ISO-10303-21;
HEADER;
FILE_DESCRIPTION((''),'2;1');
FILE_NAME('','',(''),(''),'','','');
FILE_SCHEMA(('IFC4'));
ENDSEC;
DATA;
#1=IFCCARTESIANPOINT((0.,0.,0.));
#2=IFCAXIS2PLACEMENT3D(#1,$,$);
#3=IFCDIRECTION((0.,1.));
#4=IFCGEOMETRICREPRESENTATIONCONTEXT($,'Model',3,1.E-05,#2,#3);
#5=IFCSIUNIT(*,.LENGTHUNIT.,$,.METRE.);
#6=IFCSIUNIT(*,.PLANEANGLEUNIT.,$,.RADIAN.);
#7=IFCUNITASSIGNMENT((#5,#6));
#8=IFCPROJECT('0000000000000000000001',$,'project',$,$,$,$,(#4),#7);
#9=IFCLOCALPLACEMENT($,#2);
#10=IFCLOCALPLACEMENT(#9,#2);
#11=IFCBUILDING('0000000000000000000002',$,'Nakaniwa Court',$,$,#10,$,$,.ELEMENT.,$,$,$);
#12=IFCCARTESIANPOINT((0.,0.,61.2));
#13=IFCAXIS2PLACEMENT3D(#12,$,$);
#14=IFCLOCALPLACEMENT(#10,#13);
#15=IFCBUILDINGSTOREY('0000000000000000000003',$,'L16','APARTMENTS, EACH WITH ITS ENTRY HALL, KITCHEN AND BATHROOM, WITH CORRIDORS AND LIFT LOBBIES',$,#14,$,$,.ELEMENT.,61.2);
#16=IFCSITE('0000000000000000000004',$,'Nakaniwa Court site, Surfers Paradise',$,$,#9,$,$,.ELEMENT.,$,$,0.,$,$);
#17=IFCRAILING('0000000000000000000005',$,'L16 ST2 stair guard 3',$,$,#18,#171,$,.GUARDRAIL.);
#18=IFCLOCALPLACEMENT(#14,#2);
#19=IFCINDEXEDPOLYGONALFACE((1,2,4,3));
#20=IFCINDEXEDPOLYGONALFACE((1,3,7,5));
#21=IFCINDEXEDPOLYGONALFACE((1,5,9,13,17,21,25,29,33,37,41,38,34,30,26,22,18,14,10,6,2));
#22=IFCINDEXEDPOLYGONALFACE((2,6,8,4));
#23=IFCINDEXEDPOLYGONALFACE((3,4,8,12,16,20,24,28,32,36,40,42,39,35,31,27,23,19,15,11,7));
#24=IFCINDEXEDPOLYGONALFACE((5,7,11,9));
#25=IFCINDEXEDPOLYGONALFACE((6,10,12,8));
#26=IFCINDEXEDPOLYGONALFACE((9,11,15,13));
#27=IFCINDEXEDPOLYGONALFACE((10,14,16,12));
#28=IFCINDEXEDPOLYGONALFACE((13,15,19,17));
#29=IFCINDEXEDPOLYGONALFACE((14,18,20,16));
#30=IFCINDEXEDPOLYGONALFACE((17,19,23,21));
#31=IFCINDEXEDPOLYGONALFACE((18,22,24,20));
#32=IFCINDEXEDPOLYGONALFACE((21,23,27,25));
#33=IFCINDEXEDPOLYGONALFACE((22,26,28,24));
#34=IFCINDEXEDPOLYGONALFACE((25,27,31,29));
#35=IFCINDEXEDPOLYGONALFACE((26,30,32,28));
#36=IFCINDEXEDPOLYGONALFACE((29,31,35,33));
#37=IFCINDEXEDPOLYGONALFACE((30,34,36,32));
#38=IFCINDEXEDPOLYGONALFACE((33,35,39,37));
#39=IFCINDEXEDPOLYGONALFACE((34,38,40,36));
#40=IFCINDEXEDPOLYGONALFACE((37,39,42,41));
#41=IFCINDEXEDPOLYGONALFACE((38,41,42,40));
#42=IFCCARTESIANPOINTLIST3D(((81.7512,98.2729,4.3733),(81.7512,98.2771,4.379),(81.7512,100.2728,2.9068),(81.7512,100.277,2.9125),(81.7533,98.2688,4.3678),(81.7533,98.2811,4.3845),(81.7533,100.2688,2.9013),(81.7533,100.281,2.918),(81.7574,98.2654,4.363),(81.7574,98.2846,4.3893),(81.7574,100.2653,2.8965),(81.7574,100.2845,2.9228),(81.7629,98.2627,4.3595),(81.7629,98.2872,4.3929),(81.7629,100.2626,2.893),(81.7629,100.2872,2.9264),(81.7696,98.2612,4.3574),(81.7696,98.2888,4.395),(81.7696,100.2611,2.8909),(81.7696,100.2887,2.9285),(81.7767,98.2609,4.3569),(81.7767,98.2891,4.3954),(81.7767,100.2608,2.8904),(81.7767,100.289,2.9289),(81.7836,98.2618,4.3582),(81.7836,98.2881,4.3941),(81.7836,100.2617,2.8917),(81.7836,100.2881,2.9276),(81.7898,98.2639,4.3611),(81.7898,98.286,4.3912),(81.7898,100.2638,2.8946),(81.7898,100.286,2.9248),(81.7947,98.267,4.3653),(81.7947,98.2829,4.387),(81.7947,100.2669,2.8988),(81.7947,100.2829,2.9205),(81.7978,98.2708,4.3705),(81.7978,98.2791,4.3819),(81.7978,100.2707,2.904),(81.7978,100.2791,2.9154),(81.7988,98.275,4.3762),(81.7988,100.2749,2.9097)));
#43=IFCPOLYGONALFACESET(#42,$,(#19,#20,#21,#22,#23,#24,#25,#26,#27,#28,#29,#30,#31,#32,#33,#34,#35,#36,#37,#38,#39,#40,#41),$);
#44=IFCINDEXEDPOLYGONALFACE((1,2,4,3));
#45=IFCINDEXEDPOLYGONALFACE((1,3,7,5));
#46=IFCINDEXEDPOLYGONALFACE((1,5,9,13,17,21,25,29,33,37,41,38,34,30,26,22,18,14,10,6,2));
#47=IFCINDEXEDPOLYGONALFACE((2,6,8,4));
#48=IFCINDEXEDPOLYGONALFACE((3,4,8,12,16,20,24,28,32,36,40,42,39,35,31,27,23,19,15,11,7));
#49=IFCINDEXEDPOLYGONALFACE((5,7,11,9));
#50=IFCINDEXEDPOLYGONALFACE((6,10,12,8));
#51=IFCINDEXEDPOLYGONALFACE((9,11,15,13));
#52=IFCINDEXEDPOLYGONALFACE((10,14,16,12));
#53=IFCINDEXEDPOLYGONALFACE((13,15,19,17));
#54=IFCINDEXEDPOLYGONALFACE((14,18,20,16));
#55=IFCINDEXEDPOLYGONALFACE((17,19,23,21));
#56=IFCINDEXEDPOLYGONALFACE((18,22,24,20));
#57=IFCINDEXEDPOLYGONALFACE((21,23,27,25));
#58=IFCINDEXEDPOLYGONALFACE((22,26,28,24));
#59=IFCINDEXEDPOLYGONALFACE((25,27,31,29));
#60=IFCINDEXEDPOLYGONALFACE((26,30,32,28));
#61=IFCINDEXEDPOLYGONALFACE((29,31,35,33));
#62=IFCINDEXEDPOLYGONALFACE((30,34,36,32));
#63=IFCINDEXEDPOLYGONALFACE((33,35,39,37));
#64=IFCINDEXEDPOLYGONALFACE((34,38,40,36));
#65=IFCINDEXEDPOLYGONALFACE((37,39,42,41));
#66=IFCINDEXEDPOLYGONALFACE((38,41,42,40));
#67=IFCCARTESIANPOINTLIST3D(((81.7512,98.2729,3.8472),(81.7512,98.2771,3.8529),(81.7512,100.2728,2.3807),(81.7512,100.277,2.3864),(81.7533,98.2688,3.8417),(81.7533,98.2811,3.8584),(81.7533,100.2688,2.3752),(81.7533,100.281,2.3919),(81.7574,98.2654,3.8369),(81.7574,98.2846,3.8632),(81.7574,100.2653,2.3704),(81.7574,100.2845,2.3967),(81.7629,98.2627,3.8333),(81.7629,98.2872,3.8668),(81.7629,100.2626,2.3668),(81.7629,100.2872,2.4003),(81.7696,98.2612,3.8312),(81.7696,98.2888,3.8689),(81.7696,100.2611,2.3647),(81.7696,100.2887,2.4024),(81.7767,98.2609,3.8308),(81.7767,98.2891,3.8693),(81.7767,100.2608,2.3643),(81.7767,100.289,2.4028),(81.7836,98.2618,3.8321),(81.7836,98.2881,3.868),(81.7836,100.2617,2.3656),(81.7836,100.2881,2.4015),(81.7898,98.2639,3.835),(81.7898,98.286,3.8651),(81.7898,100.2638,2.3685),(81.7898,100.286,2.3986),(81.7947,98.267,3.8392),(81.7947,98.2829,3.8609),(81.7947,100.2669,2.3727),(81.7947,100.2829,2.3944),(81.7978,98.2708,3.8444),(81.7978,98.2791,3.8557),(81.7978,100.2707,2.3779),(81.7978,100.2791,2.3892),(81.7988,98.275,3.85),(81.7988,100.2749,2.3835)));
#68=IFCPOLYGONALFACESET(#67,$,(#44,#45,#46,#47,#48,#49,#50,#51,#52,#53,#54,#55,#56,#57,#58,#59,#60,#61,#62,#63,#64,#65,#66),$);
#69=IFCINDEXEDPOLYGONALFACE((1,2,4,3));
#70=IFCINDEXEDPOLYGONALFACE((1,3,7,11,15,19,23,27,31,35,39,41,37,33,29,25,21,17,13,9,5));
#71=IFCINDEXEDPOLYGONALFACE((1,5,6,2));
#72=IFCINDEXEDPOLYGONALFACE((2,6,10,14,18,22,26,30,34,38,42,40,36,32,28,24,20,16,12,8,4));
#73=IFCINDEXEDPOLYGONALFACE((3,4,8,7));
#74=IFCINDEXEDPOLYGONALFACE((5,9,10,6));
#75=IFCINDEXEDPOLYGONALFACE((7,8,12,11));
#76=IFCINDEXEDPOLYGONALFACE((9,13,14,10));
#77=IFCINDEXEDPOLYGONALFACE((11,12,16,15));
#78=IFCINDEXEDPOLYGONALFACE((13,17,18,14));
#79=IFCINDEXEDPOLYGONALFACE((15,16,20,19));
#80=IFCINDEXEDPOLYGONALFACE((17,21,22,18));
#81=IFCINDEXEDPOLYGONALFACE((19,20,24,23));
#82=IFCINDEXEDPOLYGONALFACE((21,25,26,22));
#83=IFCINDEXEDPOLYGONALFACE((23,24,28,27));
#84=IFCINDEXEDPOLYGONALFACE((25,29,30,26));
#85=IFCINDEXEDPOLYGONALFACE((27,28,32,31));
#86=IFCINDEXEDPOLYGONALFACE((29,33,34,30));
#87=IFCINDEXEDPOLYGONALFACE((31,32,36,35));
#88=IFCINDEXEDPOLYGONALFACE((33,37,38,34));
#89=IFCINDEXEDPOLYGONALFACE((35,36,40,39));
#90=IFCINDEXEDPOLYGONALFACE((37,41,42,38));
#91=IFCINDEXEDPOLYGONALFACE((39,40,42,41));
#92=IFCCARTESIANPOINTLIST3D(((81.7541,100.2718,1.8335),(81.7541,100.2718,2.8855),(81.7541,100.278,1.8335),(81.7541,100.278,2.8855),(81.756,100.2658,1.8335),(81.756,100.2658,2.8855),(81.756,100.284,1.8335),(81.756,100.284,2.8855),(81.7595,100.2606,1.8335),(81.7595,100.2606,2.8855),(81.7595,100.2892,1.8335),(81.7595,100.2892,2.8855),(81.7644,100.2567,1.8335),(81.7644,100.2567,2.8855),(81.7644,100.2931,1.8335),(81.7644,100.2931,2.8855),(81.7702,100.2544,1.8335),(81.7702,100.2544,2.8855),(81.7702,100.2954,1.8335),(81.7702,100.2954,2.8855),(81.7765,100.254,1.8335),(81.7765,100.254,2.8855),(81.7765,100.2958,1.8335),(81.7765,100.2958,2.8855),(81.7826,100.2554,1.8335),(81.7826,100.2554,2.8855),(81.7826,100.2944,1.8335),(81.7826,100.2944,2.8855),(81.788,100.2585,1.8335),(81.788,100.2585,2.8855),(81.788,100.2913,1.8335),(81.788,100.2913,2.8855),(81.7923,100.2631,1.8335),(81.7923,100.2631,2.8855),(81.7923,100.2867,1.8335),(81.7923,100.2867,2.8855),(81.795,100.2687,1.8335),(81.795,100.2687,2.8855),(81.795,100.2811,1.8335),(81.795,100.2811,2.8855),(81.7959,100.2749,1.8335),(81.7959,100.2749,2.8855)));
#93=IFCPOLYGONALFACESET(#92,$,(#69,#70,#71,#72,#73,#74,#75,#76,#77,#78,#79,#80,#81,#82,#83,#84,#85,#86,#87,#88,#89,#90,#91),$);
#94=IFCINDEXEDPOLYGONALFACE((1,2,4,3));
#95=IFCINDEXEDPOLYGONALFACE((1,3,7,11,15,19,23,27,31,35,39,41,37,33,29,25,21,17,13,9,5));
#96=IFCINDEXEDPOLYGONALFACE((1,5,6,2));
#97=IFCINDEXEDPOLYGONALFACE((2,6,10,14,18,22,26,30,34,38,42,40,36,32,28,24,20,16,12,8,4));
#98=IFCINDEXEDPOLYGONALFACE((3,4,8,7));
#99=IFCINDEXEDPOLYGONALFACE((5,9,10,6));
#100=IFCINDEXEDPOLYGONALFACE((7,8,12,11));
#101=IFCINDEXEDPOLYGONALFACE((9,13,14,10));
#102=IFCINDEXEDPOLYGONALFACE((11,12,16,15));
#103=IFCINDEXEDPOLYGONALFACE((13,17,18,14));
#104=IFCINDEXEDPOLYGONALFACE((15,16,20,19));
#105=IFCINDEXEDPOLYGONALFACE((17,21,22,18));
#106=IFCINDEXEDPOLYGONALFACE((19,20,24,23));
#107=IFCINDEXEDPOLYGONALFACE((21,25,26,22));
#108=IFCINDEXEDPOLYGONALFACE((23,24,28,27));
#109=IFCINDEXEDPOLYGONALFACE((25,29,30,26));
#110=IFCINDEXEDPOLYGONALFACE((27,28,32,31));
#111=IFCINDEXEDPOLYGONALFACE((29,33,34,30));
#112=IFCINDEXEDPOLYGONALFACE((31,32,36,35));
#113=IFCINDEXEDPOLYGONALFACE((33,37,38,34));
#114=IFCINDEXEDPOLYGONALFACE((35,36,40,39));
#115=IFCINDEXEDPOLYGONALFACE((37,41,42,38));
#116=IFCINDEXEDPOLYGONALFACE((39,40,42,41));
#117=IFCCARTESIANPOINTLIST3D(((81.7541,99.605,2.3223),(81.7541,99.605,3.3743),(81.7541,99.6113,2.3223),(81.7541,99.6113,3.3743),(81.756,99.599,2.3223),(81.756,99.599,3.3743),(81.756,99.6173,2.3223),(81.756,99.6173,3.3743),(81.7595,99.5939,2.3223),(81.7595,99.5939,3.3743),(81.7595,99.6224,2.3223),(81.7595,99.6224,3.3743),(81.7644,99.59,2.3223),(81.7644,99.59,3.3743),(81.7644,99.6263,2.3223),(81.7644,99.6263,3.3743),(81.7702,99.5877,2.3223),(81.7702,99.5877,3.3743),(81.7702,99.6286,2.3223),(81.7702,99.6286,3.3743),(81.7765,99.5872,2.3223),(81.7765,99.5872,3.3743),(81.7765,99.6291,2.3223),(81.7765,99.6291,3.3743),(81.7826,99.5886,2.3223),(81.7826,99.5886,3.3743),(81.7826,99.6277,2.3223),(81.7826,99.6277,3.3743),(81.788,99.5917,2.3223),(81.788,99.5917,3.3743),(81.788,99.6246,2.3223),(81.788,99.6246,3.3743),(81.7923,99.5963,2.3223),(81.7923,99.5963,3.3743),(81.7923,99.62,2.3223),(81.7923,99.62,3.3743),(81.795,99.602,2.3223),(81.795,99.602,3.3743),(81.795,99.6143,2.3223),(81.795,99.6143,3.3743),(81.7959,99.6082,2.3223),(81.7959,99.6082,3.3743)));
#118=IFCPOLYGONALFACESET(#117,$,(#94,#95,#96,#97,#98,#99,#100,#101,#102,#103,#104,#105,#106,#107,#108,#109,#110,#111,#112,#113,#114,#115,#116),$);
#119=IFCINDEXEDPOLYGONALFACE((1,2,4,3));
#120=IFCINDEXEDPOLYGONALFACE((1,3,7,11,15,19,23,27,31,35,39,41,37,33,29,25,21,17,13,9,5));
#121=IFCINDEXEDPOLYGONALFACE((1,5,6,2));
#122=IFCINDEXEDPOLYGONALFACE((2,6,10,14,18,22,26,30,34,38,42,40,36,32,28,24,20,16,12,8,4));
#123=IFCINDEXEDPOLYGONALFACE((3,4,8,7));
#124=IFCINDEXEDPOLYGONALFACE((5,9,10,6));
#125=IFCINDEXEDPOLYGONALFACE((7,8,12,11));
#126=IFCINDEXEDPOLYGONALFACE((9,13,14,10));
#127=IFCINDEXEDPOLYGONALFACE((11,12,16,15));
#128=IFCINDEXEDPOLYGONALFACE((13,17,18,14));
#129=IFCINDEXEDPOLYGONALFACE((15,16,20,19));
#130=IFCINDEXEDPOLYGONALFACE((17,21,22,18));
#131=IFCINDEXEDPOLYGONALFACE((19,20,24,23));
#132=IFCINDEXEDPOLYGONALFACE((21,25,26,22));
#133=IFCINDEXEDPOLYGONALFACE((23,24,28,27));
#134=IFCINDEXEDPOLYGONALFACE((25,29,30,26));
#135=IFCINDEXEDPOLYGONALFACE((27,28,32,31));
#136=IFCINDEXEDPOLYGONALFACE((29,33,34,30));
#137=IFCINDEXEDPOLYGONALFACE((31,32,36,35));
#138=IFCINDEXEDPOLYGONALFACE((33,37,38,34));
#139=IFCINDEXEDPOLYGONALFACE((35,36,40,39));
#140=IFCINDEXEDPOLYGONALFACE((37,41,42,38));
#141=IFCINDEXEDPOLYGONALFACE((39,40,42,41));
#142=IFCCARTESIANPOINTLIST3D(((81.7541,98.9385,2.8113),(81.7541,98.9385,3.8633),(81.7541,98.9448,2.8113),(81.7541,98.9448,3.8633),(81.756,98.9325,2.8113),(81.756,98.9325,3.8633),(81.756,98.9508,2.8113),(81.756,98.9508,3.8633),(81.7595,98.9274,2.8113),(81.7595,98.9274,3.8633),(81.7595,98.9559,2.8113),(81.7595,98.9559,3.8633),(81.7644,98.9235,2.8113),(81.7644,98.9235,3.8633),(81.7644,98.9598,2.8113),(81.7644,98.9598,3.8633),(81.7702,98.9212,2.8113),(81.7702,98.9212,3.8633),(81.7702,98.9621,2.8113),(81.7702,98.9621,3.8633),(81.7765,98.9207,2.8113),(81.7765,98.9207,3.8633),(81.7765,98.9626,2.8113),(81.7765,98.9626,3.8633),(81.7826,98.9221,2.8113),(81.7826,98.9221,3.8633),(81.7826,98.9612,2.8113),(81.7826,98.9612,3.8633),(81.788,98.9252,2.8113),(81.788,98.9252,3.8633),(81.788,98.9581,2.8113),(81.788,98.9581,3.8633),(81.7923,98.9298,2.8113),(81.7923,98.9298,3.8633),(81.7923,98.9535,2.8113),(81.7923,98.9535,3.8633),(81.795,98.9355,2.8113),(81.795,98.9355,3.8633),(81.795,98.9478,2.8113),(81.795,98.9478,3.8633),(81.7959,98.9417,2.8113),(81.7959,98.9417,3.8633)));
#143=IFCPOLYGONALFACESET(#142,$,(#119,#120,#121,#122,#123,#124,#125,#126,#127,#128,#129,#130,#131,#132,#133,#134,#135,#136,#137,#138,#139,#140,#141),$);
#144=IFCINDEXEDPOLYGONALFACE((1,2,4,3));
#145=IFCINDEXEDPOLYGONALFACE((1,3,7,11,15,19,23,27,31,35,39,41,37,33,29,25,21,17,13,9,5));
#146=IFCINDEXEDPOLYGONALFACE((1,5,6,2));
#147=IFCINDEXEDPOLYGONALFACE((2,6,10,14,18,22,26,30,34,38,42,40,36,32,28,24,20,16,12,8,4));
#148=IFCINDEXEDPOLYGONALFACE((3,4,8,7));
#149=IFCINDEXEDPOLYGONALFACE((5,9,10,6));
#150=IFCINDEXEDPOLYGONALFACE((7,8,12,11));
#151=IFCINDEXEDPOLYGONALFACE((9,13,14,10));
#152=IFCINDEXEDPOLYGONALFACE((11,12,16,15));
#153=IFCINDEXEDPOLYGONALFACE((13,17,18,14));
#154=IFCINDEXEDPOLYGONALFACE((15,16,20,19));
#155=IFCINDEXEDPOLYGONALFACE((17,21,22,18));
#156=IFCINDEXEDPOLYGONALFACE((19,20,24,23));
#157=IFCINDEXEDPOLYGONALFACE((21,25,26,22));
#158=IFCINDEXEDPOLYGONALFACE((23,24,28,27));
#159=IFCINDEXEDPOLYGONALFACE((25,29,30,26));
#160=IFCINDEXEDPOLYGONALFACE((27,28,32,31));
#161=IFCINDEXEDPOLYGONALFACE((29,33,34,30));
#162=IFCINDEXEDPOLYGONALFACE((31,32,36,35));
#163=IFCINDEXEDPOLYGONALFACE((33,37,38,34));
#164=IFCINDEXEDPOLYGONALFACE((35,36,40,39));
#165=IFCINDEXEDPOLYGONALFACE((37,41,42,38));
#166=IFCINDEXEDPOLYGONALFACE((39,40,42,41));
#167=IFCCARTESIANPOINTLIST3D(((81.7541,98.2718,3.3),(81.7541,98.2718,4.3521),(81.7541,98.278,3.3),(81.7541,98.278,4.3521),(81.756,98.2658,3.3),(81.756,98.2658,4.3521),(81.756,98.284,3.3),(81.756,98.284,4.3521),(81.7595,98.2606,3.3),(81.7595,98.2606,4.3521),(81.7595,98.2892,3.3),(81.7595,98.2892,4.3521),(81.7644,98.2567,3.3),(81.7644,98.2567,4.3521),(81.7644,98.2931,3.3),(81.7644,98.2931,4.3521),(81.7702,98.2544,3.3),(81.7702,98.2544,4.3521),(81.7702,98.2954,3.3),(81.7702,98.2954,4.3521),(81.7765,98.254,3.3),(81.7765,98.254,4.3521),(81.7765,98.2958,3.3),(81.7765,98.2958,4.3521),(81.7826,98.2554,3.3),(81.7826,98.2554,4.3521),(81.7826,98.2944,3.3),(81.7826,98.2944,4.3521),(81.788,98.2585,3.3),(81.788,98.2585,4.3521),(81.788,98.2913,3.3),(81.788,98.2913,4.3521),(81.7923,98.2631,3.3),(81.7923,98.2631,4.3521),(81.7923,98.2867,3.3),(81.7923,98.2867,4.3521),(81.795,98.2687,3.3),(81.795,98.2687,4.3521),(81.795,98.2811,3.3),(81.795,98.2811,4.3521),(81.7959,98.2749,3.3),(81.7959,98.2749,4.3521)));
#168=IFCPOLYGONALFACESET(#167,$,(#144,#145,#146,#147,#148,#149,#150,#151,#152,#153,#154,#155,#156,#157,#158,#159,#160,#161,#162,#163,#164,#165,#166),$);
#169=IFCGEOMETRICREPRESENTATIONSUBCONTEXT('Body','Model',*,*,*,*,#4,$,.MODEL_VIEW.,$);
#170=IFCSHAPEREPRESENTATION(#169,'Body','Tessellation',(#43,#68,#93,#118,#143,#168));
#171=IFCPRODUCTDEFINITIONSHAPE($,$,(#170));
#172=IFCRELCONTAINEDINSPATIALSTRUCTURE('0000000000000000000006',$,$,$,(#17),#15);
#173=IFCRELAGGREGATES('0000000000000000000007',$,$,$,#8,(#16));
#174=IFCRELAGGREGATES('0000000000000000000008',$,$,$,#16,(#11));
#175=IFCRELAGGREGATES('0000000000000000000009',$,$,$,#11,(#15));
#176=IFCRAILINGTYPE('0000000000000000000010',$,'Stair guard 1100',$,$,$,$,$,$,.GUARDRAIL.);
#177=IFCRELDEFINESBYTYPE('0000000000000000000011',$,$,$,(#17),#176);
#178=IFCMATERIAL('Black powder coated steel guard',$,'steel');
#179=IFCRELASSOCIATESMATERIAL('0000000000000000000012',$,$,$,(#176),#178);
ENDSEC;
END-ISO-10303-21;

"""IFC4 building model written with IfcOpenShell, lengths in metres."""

from ifc_helpers import new_model, si_unit, direction, frame, origin, origin_2d, place, context, subcontext, project, spatial, circle, extrude, material, type_object, element, save


model = new_model("IFC4")

# Units and contexts
model_context = context("Model", 3, precision=1e-05, world=origin(), true_north=direction((0.0, 1.0)))
body_context = subcontext(model_context, "Body", "Model", "MODEL_VIEW")
ifc_project = project(units=[si_unit("LENGTHUNIT", "METRE"), si_unit("PLANEANGLEUNIT", "RADIAN")], contexts=[model_context])

# Site, building, storey
site_placement = place(None, origin())
site = spatial("IfcSite", under=ifc_project, at=site_placement, Name="Nakaniwa Court site, Surfers Paradise", CompositionType="ELEMENT", RefElevation=0.0)
building_placement = place(site_placement, origin())
building = spatial("IfcBuilding", under=site, at=building_placement, Name="Nakaniwa Court", CompositionType="ELEMENT")
storey_placement = place(building_placement, frame((0.0, 0.0, 61.2)))
storey = spatial("IfcBuildingStorey", under=building, at=storey_placement, Name="L16", Description="APARTMENTS, EACH WITH ITS ENTRY HALL, KITCHEN AND BATHROOM, WITH CORRIDORS AND LIFT LOBBIES", CompositionType="ELEMENT", Elevation=61.2)

# Railing
ifc_material_1 = material(Name="Black powder coated steel guard", Category="steel")
railing_type_1 = type_object("IfcRailingType", Name="Stair guard 1100", PredefinedType="GUARDRAIL", material=ifc_material_1)
railing_1_placement = place(storey_placement, frame((81.7749, 100.2749, 1.8335)))
element("IfcRailing", 1, at=railing_1_placement, inside=storey, type_object=railing_type_1, Name="L16 ST2 stair guard 3", PredefinedType="GUARDRAIL", context=body_context, shape_type="SweptSolid", body=[
    extrude(circle(Radius=0.0239, at=origin_2d()), frame((0.0, 0.0, 1.0762), z_axis=(0.0, -0.806427, 0.591334), x_axis=(1.0, 0.0, 0.0)), (0.0, 0.0, 1.0), 2.48),
    extrude(circle(Radius=0.0239, at=origin_2d()), frame((0.0, 0.0, 0.55), z_axis=(0.0, -0.806427, 0.591334), x_axis=(1.0, 0.0, 0.0)), (0.0, 0.0, 1.0), 2.48),
    extrude(circle(Radius=0.021, at=origin_2d()), origin(), (0.0, 0.0, 1.0), 1.052),
    extrude(circle(Radius=0.021, at=origin_2d()), frame((0.0, -0.6667, 0.4888)), (0.0, 0.0, 1.0), 1.052),
    extrude(circle(Radius=0.021, at=origin_2d()), frame((0.0, -1.3333, 0.9778)), (0.0, 0.0, 1.0), 1.052),
    extrude(circle(Radius=0.021, at=origin_2d()), frame((0.0, -2.0, 1.4666)), (0.0, 0.0, 1.0), 1.052),
])

save(model, "model.ifc")
